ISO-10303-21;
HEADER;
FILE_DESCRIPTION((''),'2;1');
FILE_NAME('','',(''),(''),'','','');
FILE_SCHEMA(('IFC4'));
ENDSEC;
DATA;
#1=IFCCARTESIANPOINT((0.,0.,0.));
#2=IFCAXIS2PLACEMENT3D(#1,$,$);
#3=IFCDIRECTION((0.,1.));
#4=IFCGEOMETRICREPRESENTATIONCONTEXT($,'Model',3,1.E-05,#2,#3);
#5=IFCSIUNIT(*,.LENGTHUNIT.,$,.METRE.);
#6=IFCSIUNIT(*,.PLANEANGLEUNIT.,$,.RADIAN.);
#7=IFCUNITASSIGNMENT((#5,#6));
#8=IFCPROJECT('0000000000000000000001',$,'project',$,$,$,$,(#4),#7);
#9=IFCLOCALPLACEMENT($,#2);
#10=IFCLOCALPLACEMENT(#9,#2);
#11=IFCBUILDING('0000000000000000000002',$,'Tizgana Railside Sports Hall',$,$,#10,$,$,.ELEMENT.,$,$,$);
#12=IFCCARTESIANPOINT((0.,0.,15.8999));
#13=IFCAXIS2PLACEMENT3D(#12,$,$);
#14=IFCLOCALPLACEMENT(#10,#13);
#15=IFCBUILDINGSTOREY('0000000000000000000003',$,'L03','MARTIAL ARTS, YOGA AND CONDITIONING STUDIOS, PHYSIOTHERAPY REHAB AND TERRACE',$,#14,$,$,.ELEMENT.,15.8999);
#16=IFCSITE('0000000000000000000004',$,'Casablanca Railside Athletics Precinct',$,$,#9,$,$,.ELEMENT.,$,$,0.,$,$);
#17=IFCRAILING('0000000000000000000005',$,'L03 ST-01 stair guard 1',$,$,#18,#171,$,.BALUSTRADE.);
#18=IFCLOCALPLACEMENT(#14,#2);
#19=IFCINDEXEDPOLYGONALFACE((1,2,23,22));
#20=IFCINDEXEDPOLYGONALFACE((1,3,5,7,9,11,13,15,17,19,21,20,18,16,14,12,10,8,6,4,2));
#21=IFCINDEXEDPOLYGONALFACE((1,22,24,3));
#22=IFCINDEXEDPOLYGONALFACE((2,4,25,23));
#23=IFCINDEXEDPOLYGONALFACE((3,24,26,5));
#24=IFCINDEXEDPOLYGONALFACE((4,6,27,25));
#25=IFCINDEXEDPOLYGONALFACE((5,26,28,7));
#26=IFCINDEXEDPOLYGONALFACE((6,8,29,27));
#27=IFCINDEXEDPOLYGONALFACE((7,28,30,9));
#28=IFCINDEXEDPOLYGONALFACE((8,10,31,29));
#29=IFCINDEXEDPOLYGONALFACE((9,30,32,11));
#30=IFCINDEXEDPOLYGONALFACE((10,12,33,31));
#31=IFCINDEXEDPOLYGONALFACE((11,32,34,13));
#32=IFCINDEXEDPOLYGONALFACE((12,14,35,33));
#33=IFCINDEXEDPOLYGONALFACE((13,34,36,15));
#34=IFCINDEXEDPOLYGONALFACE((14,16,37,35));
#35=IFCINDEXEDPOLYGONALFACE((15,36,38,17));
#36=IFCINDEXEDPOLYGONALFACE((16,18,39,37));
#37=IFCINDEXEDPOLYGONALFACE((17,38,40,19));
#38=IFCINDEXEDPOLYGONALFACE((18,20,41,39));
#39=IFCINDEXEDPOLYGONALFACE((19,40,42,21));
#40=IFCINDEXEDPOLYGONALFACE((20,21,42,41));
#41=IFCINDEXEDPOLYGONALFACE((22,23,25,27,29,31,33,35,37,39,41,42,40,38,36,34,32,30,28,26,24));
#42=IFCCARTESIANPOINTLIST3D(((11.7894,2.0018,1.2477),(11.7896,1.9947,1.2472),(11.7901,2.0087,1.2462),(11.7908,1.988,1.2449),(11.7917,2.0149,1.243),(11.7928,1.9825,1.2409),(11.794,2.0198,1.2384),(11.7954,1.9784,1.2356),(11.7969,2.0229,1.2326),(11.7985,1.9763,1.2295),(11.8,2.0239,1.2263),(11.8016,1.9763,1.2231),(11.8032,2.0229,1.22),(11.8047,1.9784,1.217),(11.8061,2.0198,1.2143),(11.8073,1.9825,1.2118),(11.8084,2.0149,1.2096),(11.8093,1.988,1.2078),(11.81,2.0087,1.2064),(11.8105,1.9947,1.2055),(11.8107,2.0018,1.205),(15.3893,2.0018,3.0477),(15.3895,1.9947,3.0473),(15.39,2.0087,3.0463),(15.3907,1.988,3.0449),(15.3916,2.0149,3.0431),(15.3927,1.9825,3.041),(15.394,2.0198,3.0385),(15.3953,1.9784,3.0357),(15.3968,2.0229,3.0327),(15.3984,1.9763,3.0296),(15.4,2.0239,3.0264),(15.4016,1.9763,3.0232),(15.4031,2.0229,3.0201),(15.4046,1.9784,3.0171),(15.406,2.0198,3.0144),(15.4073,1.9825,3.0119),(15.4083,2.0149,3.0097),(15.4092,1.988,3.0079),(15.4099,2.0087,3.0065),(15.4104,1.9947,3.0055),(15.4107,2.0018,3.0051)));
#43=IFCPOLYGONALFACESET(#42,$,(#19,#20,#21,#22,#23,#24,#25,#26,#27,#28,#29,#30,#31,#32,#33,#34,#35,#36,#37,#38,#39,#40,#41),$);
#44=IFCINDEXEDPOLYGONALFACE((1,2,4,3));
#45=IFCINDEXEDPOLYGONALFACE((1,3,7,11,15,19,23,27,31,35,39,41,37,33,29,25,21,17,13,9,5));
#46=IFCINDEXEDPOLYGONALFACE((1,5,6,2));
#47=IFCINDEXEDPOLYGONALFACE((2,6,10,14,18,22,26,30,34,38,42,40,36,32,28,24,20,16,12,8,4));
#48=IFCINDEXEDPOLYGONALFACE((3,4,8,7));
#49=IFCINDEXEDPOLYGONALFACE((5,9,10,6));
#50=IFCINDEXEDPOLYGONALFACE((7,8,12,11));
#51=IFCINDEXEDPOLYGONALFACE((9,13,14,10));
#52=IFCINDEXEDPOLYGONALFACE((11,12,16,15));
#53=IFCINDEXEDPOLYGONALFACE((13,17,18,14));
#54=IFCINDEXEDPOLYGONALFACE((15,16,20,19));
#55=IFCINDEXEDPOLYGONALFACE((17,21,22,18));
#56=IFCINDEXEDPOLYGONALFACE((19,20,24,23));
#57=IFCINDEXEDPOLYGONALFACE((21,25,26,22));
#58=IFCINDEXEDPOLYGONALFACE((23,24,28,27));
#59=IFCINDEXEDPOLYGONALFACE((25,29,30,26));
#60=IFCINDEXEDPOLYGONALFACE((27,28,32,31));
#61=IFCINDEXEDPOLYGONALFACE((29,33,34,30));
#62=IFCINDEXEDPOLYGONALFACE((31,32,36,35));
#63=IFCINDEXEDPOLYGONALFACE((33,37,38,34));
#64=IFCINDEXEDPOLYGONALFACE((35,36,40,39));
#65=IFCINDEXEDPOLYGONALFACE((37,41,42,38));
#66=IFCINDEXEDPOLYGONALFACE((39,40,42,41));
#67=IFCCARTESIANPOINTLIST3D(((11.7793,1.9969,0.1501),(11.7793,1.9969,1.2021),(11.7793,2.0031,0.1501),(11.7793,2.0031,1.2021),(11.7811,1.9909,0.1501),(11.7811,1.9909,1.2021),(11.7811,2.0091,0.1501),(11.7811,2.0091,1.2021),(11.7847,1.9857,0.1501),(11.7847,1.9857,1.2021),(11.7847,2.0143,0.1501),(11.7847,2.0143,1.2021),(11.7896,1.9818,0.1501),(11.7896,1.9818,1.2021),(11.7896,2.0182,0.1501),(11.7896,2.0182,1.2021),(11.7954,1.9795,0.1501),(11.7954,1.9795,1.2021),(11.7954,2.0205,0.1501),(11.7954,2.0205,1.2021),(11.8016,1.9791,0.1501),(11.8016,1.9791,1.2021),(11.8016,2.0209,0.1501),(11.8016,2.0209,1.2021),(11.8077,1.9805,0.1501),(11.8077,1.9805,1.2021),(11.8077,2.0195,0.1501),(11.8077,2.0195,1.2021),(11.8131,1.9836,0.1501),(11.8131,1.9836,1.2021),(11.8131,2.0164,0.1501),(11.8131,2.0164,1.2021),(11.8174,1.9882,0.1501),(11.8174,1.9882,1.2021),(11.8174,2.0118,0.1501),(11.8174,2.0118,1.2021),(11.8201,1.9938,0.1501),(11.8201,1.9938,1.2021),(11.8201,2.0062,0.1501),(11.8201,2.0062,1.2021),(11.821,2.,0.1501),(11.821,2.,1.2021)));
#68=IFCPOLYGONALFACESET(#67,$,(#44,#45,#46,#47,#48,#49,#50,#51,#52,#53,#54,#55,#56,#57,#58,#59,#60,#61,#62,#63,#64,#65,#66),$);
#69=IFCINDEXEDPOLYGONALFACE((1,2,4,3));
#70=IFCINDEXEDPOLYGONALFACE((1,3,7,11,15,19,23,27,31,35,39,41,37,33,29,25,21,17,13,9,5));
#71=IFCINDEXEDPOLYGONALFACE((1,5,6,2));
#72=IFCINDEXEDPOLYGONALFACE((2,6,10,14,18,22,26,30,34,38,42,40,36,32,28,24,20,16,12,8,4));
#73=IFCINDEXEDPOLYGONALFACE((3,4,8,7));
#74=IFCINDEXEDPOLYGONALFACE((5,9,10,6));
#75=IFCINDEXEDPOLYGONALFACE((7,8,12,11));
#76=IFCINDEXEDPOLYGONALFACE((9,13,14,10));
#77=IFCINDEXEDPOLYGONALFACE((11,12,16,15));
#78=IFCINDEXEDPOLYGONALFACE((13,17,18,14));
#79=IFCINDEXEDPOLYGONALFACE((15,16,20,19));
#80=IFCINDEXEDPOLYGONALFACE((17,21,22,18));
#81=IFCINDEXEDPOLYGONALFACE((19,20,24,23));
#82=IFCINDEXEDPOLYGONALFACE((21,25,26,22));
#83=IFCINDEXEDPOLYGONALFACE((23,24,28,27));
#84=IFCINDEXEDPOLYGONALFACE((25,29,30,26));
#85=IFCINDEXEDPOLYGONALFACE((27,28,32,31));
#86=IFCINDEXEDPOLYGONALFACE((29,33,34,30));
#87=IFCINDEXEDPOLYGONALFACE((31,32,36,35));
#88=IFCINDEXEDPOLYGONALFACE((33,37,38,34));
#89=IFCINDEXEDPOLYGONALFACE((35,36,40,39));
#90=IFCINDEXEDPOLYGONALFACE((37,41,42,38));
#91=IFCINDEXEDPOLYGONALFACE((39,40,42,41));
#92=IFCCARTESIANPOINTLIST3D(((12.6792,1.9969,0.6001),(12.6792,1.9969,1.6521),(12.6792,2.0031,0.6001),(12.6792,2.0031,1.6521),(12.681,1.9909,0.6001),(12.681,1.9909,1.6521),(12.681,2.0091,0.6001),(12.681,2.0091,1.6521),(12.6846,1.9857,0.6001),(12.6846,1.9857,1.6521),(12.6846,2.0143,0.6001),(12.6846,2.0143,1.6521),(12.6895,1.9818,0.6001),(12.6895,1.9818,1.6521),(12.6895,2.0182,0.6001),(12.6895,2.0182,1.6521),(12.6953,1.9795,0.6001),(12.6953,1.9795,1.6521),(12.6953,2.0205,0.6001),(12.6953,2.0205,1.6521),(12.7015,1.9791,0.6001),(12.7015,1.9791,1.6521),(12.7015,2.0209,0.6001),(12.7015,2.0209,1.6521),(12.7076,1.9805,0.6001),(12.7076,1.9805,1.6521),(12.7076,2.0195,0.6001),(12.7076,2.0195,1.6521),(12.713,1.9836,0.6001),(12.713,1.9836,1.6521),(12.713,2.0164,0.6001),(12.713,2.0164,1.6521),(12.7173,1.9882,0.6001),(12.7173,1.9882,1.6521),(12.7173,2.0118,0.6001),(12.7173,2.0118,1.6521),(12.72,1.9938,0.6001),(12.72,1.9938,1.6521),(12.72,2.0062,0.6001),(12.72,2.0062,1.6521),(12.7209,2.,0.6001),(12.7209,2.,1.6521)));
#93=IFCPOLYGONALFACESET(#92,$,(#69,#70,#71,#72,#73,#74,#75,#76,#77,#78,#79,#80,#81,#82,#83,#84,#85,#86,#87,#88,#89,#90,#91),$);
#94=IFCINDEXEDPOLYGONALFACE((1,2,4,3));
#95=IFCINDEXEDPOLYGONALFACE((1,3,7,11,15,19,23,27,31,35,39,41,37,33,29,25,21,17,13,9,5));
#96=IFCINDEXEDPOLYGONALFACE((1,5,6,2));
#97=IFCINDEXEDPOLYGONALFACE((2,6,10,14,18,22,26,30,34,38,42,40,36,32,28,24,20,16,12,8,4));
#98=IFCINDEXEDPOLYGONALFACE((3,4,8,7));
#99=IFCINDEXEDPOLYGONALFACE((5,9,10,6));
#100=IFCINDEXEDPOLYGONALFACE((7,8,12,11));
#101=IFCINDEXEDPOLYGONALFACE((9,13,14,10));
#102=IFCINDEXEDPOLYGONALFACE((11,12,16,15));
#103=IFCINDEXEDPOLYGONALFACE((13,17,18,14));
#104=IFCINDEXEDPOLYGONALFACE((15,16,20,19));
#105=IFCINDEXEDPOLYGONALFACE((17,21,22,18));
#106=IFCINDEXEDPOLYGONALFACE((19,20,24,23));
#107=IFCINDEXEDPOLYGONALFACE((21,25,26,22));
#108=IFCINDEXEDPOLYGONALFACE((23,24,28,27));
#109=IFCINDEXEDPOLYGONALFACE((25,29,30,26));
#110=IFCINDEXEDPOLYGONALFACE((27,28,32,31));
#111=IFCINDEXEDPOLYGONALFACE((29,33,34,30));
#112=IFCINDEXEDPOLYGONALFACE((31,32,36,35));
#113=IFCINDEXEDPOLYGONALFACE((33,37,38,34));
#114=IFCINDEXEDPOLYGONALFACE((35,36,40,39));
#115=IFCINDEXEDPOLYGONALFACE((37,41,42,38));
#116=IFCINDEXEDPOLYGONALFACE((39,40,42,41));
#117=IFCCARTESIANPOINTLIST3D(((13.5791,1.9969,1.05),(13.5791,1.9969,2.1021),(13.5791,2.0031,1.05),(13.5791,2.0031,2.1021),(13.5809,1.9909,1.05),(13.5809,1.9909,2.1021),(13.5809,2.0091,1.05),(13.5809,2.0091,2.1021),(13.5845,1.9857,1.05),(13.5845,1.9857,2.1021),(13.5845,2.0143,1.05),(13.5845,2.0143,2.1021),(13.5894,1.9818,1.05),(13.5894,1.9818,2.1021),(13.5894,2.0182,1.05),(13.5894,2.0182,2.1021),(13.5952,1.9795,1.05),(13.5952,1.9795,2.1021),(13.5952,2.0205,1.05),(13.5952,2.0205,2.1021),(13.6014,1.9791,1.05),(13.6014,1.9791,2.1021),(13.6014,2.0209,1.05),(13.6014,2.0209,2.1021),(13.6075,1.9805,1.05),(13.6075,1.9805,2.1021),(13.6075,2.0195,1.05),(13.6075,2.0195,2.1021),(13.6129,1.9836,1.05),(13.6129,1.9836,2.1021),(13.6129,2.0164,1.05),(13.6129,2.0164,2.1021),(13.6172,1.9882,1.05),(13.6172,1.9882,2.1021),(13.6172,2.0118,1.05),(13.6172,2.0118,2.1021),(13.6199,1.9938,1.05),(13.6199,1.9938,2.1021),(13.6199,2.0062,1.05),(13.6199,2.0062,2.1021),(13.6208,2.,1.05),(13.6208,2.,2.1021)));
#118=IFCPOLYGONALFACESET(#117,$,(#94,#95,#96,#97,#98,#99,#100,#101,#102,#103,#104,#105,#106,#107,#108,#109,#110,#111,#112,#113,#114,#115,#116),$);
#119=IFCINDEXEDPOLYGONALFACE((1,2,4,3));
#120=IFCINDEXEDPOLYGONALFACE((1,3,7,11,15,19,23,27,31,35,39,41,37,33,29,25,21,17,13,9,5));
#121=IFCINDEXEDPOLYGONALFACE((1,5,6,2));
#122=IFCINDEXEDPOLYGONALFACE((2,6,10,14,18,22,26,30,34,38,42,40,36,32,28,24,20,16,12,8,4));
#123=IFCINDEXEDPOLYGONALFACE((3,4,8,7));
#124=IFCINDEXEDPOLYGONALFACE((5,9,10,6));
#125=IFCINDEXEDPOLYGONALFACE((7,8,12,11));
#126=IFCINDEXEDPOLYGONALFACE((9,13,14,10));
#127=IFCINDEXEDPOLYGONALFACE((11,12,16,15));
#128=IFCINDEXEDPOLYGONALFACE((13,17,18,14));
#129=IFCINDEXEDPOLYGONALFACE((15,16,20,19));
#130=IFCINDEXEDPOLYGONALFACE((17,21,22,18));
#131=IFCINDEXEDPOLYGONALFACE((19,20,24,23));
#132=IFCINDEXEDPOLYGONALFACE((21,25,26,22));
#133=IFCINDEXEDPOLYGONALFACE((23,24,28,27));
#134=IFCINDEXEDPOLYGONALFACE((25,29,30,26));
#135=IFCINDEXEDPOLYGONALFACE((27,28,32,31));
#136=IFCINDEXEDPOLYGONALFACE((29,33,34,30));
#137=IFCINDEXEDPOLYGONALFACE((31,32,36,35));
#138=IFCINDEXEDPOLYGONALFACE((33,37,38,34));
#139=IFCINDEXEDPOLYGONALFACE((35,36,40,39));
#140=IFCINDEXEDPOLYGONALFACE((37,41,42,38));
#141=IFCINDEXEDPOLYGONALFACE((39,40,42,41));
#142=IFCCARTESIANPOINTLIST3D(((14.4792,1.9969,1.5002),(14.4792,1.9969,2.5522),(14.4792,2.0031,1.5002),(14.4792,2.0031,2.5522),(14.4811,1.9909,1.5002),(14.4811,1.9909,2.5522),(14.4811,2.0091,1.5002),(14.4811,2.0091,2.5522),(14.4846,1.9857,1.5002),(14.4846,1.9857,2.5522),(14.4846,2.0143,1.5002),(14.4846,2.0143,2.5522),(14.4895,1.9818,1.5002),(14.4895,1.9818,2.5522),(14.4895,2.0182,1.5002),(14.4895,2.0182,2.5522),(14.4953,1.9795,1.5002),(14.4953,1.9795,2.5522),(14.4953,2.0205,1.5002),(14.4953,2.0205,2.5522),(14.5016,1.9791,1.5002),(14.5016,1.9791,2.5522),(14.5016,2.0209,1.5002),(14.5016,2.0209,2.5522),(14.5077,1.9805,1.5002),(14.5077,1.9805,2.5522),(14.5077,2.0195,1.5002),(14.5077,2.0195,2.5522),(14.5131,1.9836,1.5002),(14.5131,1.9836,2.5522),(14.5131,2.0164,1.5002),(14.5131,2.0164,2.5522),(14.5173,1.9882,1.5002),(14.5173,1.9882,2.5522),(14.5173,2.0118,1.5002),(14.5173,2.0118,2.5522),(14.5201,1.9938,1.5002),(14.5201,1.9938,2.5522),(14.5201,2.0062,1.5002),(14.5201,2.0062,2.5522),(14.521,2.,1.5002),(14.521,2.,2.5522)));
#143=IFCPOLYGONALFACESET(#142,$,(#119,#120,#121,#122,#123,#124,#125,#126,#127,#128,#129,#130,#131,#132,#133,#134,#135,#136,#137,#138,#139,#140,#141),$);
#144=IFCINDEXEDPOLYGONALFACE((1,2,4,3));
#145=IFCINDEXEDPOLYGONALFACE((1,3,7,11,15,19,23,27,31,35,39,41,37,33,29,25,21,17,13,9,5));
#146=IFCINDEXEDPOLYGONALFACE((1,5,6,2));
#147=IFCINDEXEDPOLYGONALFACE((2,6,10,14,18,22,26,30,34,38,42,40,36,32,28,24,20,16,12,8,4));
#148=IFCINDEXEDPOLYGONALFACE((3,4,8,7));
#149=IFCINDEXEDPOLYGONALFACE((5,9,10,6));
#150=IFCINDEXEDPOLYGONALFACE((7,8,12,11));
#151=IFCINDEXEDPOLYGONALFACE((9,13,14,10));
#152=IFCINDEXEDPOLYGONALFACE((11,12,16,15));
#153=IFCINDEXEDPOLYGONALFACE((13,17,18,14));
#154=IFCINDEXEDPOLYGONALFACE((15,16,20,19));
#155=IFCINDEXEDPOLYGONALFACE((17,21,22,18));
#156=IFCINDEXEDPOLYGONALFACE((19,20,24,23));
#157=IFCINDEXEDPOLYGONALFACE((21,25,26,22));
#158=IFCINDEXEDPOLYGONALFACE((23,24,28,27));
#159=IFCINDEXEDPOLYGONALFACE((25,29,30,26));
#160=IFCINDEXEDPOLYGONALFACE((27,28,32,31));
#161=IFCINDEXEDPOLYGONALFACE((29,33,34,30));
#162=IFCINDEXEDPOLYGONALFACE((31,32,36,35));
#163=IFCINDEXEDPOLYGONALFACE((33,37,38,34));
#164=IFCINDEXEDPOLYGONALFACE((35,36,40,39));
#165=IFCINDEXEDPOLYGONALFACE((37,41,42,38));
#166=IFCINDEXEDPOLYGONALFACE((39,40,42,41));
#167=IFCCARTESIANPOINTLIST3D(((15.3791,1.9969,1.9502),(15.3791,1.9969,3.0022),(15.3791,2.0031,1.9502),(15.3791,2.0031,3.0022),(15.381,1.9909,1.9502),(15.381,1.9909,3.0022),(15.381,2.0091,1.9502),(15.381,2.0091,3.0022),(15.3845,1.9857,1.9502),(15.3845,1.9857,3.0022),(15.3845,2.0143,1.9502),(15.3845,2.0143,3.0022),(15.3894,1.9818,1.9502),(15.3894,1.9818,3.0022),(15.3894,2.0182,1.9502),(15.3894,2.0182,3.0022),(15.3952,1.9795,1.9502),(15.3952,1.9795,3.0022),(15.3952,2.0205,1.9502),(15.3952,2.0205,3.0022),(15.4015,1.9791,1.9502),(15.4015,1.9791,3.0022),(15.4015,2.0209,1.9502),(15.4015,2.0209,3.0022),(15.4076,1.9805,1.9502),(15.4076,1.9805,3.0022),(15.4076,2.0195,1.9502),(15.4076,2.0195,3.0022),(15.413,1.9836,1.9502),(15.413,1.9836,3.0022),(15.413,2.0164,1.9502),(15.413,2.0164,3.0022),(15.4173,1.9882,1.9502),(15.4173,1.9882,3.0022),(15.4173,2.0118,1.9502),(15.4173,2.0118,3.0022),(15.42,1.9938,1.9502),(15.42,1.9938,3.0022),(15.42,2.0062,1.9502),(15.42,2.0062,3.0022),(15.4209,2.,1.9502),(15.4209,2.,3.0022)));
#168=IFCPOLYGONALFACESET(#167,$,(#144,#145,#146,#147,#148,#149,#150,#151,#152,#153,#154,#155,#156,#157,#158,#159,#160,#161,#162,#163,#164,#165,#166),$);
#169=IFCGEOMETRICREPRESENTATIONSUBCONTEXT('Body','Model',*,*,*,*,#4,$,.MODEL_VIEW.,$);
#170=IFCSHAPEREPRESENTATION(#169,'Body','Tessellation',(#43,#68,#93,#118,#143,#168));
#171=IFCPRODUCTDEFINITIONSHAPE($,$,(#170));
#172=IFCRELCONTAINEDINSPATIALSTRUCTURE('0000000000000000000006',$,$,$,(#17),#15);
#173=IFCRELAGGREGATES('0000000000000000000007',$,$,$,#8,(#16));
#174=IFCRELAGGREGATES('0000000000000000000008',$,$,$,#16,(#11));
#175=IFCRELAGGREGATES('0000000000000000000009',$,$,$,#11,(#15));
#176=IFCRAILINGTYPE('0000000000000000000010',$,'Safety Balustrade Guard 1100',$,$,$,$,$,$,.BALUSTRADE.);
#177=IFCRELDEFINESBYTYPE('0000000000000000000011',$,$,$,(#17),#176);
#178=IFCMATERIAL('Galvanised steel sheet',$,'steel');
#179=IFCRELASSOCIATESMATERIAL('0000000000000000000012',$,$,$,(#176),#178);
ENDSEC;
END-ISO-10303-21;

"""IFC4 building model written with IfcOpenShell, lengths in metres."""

from ifc_helpers import new_model, si_unit, direction, frame, origin, origin_2d, place, context, subcontext, project, spatial, circle, extrude, material, type_object, element, save


model = new_model("IFC4")

# Units and contexts
model_context = context("Model", 3, precision=1e-05, world=origin(), true_north=direction((0.0, 1.0)))
body_context = subcontext(model_context, "Body", "Model", "MODEL_VIEW")
ifc_project = project(units=[si_unit("LENGTHUNIT", "METRE"), si_unit("PLANEANGLEUNIT", "RADIAN")], contexts=[model_context])

# Site, building, storey
site_placement = place(None, origin())
site = spatial("IfcSite", under=ifc_project, at=site_placement, Name="Casablanca Railside Athletics Precinct", CompositionType="ELEMENT", RefElevation=0.0)
building_placement = place(site_placement, origin())
building = spatial("IfcBuilding", under=site, at=building_placement, Name="Tizgana Railside Sports Hall", CompositionType="ELEMENT")
storey_placement = place(building_placement, frame((0.0, 0.0, 15.8999)))
storey = spatial("IfcBuildingStorey", under=building, at=storey_placement, Name="L03", Description="MARTIAL ARTS, YOGA AND CONDITIONING STUDIOS, PHYSIOTHERAPY REHAB AND TERRACE", CompositionType="ELEMENT", Elevation=15.8999)

# Railing
ifc_material_1 = material(Name="Galvanised steel sheet", Category="steel")
railing_type_1 = type_object("IfcRailingType", Name="Safety Balustrade Guard 1100", PredefinedType="BALUSTRADE", material=ifc_material_1)
railing_1_placement = place(storey_placement, frame((11.8, 2.0, 0.1501)))
element("IfcRailing", 1, at=railing_1_placement, inside=storey, type_object=railing_type_1, Name="L03 ST-01 stair guard 1", PredefinedType="BALUSTRADE", context=body_context, shape_type="SweptSolid", body=[
    extrude(circle(Radius=0.0239, at=origin_2d()), frame((0.0, 0.0, 1.0762), z_axis=(0.894415, 0.0, 0.447238), x_axis=(0.0, 1.0, 0.0)), (0.0, 0.0, 1.0), 4.0249),
    extrude(circle(Radius=0.021, at=origin_2d()), origin(), (0.0, 0.0, 1.0), 1.052),
    extrude(circle(Radius=0.021, at=origin_2d()), frame((0.8999, 0.0, 0.45)), (0.0, 0.0, 1.0), 1.052),
    extrude(circle(Radius=0.021, at=origin_2d()), frame((1.7998, 0.0, 0.8999)), (0.0, 0.0, 1.0), 1.052),
    extrude(circle(Radius=0.021, at=origin_2d()), frame((2.7, 0.0, 1.3501)), (0.0, 0.0, 1.0), 1.052),
    extrude(circle(Radius=0.021, at=origin_2d()), frame((3.5999, 0.0, 1.8)), (0.0, 0.0, 1.0), 1.052),
])

save(model, "model.ifc")
